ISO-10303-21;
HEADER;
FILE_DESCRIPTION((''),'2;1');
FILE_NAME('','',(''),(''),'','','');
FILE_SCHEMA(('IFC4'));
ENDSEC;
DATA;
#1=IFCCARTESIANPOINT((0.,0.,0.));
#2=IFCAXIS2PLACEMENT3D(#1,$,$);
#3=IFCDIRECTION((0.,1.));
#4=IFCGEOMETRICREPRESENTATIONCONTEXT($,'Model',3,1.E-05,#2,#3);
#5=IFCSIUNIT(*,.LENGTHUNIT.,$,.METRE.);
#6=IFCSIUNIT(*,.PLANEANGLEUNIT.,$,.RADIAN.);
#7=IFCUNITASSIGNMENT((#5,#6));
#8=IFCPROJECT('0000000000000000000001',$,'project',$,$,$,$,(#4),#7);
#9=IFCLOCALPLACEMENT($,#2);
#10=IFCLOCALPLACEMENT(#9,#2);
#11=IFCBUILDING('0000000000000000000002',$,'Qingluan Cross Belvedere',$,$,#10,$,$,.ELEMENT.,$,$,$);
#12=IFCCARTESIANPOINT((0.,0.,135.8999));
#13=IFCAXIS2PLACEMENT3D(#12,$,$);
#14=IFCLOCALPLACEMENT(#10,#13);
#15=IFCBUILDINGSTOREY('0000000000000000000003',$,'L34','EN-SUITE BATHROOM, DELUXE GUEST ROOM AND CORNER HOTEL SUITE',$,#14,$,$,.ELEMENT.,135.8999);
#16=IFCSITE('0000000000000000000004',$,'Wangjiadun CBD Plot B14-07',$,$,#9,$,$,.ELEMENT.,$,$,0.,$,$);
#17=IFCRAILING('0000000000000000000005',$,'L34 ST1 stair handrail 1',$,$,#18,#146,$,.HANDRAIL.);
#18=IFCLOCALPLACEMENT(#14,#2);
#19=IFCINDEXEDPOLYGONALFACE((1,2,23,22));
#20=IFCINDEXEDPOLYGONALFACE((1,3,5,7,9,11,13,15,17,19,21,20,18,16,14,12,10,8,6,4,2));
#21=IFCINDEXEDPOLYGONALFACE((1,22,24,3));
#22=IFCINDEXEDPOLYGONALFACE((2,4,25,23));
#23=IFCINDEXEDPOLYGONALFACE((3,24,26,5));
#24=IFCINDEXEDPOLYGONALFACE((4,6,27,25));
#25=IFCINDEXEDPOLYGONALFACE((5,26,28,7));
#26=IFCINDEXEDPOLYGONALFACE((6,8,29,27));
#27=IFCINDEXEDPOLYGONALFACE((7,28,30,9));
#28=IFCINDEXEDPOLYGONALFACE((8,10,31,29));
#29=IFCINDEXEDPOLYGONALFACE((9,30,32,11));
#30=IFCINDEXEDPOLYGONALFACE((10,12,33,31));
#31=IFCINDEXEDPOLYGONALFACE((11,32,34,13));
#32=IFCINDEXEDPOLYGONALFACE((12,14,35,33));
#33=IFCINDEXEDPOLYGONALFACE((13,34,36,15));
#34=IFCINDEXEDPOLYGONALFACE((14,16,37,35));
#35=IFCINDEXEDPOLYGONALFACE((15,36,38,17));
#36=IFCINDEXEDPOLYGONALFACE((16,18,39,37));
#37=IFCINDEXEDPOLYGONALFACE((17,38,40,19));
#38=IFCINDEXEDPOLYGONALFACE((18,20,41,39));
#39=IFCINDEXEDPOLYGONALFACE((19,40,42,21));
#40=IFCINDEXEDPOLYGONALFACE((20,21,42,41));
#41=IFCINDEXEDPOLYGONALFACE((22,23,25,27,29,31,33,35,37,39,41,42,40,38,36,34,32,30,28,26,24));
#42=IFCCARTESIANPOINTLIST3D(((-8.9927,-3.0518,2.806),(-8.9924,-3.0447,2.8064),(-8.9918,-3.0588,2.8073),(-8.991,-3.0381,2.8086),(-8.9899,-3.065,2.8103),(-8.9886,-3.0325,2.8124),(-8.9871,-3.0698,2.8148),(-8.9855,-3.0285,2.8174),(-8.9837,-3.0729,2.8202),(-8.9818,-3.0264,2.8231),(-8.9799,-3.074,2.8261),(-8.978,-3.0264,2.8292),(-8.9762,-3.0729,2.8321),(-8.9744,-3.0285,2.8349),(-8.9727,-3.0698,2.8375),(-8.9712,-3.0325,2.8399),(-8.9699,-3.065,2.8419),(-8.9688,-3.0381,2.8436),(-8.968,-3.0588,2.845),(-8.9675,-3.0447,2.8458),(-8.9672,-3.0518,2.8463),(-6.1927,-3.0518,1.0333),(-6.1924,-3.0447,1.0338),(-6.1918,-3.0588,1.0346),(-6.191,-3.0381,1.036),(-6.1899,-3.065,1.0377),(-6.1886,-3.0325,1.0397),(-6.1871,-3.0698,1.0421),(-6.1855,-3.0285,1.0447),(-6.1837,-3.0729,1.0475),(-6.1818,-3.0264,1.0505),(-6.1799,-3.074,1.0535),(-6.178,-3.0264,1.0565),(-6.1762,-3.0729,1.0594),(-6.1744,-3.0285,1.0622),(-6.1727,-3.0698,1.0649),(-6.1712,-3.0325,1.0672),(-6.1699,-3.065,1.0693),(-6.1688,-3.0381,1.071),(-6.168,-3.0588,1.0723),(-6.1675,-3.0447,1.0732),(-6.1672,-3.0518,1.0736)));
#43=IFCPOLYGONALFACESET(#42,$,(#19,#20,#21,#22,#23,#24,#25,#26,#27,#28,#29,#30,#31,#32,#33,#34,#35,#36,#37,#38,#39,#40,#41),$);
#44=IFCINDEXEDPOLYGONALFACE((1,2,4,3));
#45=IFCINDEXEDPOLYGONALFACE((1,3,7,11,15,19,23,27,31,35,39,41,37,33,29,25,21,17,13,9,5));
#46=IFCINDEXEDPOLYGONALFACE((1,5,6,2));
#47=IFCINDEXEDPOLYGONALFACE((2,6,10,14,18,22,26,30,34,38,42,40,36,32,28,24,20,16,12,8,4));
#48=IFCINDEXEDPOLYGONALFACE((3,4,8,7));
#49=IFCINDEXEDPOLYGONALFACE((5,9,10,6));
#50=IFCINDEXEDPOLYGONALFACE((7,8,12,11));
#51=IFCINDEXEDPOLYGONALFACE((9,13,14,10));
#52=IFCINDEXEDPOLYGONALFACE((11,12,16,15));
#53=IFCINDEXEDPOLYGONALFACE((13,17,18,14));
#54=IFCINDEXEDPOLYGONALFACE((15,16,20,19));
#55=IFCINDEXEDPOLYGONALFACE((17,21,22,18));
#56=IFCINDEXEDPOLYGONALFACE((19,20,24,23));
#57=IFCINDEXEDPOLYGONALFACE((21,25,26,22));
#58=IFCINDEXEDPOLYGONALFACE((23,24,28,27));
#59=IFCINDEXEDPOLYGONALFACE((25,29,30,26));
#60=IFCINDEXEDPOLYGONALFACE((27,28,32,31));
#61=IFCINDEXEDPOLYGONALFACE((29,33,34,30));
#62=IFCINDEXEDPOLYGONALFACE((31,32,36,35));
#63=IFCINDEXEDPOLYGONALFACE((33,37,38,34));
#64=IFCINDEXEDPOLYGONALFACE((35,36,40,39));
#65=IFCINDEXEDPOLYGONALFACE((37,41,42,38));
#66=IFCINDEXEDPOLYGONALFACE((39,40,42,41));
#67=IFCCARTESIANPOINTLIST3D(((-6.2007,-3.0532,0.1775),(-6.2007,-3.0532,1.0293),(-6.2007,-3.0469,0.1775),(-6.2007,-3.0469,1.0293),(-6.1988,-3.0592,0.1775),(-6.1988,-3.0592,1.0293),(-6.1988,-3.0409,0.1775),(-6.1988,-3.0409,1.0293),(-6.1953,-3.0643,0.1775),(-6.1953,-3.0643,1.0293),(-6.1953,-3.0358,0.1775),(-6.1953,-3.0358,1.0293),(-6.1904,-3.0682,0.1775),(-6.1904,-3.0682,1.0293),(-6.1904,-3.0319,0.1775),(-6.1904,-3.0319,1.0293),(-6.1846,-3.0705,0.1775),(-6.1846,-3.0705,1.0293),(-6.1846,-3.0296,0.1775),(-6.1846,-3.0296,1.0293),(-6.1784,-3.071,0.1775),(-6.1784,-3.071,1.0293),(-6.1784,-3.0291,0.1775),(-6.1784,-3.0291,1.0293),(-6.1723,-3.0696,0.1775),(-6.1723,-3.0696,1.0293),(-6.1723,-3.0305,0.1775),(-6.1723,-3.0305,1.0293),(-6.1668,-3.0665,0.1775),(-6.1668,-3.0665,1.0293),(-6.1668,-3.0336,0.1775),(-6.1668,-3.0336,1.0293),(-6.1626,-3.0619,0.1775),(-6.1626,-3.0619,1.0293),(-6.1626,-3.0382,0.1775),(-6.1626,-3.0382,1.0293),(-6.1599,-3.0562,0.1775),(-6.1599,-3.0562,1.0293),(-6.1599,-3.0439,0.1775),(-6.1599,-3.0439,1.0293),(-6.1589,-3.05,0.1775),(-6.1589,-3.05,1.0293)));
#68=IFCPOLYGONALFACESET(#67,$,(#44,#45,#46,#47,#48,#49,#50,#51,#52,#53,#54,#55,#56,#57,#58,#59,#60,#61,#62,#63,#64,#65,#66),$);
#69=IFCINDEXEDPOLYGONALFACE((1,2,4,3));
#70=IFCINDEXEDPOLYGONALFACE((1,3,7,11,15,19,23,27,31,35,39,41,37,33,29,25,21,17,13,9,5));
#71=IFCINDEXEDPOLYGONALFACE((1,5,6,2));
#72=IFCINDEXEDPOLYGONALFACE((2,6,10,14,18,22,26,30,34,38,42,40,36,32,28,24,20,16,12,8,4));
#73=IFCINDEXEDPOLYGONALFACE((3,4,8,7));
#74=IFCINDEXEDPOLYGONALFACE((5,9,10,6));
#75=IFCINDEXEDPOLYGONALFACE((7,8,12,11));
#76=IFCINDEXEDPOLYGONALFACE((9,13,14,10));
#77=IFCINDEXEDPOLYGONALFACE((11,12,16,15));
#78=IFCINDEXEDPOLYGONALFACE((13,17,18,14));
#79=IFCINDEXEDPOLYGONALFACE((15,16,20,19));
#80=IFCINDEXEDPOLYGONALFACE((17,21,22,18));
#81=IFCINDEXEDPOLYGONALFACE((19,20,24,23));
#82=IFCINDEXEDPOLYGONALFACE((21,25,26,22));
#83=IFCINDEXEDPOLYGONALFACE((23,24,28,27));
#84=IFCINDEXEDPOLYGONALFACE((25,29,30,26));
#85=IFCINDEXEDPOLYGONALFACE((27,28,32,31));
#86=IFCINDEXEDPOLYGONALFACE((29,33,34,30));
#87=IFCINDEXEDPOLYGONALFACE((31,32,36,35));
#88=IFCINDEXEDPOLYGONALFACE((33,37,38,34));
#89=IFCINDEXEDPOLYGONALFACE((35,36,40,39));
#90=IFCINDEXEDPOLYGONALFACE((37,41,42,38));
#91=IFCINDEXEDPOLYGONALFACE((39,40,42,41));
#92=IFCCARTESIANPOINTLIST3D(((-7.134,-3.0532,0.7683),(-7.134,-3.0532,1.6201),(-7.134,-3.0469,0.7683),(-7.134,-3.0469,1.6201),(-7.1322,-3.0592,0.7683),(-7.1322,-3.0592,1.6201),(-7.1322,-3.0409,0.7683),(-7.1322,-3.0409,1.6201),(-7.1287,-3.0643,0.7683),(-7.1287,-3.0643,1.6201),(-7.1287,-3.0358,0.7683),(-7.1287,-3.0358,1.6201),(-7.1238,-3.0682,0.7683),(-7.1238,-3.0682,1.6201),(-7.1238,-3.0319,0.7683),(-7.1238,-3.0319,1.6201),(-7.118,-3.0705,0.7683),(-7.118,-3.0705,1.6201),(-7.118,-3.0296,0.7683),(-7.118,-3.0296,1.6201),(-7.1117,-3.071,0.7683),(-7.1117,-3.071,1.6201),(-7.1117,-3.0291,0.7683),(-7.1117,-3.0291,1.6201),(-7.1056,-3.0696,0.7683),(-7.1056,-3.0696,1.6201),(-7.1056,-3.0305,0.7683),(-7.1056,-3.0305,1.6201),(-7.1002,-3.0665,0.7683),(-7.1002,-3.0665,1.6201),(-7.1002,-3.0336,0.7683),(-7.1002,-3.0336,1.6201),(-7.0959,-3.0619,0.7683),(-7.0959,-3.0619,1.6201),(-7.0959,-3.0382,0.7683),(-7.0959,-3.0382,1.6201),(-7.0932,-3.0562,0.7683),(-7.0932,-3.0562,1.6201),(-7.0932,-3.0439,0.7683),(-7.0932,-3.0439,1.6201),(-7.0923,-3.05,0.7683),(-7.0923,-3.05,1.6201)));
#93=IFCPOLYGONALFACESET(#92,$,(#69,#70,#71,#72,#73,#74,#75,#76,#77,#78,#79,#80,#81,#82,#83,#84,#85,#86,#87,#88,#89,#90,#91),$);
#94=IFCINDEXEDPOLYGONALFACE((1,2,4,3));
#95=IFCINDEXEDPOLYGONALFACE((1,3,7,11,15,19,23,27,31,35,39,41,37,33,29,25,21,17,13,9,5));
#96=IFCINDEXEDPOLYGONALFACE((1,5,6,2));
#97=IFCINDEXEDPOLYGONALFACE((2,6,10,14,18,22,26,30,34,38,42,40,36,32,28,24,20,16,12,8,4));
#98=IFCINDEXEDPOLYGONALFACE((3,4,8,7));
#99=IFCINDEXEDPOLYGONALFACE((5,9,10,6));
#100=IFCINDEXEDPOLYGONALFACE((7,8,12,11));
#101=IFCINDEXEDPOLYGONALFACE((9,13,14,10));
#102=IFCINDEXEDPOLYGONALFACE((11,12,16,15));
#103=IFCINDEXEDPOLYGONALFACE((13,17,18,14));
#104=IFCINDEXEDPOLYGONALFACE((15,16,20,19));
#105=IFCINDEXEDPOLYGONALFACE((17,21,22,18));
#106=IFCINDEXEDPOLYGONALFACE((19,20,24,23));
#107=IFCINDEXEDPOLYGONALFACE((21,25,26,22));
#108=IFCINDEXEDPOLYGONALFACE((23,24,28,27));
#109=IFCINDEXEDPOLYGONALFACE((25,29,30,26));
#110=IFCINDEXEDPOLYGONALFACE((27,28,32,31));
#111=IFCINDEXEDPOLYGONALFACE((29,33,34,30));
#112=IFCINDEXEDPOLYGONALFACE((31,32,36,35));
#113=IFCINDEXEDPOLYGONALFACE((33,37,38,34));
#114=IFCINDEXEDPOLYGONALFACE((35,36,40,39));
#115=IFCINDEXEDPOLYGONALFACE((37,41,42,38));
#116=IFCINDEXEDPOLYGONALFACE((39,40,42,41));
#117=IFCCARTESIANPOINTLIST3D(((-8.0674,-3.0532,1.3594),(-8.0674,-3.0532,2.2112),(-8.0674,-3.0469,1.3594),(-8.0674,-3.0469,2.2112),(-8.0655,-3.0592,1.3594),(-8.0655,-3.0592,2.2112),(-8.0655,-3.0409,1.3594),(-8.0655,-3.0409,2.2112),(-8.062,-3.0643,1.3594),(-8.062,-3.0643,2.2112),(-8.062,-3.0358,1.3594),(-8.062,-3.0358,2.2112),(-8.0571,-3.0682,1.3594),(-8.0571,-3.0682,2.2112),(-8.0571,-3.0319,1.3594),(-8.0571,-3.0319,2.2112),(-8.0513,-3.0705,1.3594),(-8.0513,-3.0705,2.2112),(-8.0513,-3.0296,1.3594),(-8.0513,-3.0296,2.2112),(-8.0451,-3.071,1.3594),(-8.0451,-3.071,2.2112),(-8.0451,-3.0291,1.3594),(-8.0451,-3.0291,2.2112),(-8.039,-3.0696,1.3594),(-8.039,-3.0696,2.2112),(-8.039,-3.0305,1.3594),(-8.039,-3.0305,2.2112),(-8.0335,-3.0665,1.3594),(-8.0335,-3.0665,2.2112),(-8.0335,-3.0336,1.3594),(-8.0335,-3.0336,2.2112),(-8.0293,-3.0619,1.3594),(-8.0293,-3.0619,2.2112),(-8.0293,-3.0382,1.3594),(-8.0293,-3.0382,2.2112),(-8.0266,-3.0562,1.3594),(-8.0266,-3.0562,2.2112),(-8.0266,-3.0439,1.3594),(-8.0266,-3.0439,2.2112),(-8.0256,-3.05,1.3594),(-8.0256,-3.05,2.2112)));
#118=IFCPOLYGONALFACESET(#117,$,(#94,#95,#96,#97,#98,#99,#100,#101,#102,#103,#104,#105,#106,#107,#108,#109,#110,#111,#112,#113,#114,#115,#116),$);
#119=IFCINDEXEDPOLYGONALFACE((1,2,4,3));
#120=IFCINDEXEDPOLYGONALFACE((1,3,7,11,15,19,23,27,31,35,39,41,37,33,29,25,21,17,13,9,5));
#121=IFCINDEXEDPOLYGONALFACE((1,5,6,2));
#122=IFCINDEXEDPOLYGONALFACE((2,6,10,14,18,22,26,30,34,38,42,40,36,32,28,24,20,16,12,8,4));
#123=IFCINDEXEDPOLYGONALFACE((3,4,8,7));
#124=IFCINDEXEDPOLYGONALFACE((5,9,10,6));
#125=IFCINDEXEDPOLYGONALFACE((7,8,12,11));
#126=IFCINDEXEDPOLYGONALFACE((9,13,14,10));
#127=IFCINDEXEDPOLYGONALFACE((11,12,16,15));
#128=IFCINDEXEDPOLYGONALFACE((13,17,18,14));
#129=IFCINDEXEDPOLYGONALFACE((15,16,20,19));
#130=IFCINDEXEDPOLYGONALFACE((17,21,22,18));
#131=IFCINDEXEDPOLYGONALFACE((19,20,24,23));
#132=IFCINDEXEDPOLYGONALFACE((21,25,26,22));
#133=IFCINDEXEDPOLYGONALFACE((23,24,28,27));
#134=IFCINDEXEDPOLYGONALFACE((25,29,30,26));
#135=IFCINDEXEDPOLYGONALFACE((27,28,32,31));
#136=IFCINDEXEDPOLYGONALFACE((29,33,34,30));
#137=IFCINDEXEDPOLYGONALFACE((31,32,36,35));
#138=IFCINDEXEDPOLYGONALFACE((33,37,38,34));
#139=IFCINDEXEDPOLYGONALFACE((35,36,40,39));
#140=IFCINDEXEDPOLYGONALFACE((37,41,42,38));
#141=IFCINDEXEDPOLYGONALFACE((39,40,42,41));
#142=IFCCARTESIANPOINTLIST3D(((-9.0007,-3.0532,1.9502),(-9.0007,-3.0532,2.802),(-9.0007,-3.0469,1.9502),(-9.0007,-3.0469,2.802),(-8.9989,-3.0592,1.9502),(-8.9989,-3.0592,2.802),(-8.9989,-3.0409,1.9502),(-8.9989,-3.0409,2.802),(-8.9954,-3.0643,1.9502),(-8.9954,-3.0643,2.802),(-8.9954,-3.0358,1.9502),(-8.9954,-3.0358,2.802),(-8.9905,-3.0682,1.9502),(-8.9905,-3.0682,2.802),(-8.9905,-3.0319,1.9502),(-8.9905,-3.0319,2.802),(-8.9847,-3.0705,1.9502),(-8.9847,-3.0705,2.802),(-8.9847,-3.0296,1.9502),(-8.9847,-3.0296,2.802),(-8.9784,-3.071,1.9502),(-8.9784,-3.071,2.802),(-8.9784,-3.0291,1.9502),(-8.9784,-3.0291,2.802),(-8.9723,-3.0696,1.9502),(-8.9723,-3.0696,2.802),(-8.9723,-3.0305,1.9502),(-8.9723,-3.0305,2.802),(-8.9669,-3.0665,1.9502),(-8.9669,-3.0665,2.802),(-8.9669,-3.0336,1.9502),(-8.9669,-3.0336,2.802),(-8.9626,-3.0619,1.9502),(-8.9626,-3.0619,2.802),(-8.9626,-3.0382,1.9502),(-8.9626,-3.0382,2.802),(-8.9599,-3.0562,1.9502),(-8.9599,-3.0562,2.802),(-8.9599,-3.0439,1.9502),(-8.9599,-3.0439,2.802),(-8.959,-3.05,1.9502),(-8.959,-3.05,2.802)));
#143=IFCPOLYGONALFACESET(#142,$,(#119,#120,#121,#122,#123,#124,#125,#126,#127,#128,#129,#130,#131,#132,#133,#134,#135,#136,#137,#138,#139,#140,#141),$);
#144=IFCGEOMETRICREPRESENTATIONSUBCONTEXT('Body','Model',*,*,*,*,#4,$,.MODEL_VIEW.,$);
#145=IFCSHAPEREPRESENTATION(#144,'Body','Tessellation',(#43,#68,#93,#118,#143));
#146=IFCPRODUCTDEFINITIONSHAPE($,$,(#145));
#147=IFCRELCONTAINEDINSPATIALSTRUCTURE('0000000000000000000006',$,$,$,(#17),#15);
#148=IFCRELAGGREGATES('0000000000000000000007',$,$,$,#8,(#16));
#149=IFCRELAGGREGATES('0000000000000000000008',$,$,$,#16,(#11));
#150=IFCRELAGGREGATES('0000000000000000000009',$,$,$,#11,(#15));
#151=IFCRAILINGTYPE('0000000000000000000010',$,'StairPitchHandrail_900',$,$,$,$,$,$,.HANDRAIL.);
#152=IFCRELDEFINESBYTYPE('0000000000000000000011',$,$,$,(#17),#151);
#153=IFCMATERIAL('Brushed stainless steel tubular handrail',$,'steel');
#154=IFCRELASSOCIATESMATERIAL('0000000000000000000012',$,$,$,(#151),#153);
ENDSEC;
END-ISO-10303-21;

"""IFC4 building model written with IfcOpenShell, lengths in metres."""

from ifc_helpers import new_model, si_unit, direction, frame, origin, origin_2d, place, context, subcontext, project, spatial, circle, extrude, material, type_object, element, save


model = new_model("IFC4")

# Units and contexts
model_context = context("Model", 3, precision=1e-05, world=origin(), true_north=direction((0.0, 1.0)))
body_context = subcontext(model_context, "Body", "Model", "MODEL_VIEW")
ifc_project = project(units=[si_unit("LENGTHUNIT", "METRE"), si_unit("PLANEANGLEUNIT", "RADIAN")], contexts=[model_context])

# Site, building, storey
site_placement = place(None, origin())
site = spatial("IfcSite", under=ifc_project, at=site_placement, Name="Wangjiadun CBD Plot B14-07", CompositionType="ELEMENT", RefElevation=0.0)
building_placement = place(site_placement, origin())
building = spatial("IfcBuilding", under=site, at=building_placement, Name="Qingluan Cross Belvedere", CompositionType="ELEMENT")
storey_placement = place(building_placement, frame((0.0, 0.0, 135.8999)))
storey = spatial("IfcBuildingStorey", under=building, at=storey_placement, Name="L34", Description="EN-SUITE BATHROOM, DELUXE GUEST ROOM AND CORNER HOTEL SUITE", CompositionType="ELEMENT", Elevation=135.8999)

# Railing
ifc_material_1 = material(Name="Brushed stainless steel tubular handrail", Category="steel")
railing_type_1 = type_object("IfcRailingType", Name="StairPitchHandrail_900", PredefinedType="HANDRAIL", material=ifc_material_1)
railing_1_placement = place(storey_placement, frame((-6.1799, -3.05, 0.1775)))
element("IfcRailing", 1, at=railing_1_placement, inside=storey, type_object=railing_type_1, Name="L34 ST1 stair handrail 1", PredefinedType="HANDRAIL", context=body_context, shape_type="SweptSolid", body=[
    extrude(circle(Radius=0.0239, at=origin_2d()), frame((0.0, 0.0, 0.876), z_axis=(-0.844909, 0.0, 0.53491), x_axis=(0.0, -1.0, 0.0)), (0.0, 0.0, 1.0), 3.314),
    extrude(circle(Radius=0.021, at=origin_2d()), origin(), (0.0, 0.0, 1.0), 0.8518),
    extrude(circle(Radius=0.021, at=origin_2d()), frame((-0.9333, 0.0, 0.5908)), (0.0, 0.0, 1.0), 0.8518),
    extrude(circle(Radius=0.021, at=origin_2d()), frame((-1.8667, 0.0, 1.1819)), (0.0, 0.0, 1.0), 0.8518),
    extrude(circle(Radius=0.021, at=origin_2d()), frame((-2.8, 0.0, 1.7727)), (0.0, 0.0, 1.0), 0.8518),
])

save(model, "model.ifc")
